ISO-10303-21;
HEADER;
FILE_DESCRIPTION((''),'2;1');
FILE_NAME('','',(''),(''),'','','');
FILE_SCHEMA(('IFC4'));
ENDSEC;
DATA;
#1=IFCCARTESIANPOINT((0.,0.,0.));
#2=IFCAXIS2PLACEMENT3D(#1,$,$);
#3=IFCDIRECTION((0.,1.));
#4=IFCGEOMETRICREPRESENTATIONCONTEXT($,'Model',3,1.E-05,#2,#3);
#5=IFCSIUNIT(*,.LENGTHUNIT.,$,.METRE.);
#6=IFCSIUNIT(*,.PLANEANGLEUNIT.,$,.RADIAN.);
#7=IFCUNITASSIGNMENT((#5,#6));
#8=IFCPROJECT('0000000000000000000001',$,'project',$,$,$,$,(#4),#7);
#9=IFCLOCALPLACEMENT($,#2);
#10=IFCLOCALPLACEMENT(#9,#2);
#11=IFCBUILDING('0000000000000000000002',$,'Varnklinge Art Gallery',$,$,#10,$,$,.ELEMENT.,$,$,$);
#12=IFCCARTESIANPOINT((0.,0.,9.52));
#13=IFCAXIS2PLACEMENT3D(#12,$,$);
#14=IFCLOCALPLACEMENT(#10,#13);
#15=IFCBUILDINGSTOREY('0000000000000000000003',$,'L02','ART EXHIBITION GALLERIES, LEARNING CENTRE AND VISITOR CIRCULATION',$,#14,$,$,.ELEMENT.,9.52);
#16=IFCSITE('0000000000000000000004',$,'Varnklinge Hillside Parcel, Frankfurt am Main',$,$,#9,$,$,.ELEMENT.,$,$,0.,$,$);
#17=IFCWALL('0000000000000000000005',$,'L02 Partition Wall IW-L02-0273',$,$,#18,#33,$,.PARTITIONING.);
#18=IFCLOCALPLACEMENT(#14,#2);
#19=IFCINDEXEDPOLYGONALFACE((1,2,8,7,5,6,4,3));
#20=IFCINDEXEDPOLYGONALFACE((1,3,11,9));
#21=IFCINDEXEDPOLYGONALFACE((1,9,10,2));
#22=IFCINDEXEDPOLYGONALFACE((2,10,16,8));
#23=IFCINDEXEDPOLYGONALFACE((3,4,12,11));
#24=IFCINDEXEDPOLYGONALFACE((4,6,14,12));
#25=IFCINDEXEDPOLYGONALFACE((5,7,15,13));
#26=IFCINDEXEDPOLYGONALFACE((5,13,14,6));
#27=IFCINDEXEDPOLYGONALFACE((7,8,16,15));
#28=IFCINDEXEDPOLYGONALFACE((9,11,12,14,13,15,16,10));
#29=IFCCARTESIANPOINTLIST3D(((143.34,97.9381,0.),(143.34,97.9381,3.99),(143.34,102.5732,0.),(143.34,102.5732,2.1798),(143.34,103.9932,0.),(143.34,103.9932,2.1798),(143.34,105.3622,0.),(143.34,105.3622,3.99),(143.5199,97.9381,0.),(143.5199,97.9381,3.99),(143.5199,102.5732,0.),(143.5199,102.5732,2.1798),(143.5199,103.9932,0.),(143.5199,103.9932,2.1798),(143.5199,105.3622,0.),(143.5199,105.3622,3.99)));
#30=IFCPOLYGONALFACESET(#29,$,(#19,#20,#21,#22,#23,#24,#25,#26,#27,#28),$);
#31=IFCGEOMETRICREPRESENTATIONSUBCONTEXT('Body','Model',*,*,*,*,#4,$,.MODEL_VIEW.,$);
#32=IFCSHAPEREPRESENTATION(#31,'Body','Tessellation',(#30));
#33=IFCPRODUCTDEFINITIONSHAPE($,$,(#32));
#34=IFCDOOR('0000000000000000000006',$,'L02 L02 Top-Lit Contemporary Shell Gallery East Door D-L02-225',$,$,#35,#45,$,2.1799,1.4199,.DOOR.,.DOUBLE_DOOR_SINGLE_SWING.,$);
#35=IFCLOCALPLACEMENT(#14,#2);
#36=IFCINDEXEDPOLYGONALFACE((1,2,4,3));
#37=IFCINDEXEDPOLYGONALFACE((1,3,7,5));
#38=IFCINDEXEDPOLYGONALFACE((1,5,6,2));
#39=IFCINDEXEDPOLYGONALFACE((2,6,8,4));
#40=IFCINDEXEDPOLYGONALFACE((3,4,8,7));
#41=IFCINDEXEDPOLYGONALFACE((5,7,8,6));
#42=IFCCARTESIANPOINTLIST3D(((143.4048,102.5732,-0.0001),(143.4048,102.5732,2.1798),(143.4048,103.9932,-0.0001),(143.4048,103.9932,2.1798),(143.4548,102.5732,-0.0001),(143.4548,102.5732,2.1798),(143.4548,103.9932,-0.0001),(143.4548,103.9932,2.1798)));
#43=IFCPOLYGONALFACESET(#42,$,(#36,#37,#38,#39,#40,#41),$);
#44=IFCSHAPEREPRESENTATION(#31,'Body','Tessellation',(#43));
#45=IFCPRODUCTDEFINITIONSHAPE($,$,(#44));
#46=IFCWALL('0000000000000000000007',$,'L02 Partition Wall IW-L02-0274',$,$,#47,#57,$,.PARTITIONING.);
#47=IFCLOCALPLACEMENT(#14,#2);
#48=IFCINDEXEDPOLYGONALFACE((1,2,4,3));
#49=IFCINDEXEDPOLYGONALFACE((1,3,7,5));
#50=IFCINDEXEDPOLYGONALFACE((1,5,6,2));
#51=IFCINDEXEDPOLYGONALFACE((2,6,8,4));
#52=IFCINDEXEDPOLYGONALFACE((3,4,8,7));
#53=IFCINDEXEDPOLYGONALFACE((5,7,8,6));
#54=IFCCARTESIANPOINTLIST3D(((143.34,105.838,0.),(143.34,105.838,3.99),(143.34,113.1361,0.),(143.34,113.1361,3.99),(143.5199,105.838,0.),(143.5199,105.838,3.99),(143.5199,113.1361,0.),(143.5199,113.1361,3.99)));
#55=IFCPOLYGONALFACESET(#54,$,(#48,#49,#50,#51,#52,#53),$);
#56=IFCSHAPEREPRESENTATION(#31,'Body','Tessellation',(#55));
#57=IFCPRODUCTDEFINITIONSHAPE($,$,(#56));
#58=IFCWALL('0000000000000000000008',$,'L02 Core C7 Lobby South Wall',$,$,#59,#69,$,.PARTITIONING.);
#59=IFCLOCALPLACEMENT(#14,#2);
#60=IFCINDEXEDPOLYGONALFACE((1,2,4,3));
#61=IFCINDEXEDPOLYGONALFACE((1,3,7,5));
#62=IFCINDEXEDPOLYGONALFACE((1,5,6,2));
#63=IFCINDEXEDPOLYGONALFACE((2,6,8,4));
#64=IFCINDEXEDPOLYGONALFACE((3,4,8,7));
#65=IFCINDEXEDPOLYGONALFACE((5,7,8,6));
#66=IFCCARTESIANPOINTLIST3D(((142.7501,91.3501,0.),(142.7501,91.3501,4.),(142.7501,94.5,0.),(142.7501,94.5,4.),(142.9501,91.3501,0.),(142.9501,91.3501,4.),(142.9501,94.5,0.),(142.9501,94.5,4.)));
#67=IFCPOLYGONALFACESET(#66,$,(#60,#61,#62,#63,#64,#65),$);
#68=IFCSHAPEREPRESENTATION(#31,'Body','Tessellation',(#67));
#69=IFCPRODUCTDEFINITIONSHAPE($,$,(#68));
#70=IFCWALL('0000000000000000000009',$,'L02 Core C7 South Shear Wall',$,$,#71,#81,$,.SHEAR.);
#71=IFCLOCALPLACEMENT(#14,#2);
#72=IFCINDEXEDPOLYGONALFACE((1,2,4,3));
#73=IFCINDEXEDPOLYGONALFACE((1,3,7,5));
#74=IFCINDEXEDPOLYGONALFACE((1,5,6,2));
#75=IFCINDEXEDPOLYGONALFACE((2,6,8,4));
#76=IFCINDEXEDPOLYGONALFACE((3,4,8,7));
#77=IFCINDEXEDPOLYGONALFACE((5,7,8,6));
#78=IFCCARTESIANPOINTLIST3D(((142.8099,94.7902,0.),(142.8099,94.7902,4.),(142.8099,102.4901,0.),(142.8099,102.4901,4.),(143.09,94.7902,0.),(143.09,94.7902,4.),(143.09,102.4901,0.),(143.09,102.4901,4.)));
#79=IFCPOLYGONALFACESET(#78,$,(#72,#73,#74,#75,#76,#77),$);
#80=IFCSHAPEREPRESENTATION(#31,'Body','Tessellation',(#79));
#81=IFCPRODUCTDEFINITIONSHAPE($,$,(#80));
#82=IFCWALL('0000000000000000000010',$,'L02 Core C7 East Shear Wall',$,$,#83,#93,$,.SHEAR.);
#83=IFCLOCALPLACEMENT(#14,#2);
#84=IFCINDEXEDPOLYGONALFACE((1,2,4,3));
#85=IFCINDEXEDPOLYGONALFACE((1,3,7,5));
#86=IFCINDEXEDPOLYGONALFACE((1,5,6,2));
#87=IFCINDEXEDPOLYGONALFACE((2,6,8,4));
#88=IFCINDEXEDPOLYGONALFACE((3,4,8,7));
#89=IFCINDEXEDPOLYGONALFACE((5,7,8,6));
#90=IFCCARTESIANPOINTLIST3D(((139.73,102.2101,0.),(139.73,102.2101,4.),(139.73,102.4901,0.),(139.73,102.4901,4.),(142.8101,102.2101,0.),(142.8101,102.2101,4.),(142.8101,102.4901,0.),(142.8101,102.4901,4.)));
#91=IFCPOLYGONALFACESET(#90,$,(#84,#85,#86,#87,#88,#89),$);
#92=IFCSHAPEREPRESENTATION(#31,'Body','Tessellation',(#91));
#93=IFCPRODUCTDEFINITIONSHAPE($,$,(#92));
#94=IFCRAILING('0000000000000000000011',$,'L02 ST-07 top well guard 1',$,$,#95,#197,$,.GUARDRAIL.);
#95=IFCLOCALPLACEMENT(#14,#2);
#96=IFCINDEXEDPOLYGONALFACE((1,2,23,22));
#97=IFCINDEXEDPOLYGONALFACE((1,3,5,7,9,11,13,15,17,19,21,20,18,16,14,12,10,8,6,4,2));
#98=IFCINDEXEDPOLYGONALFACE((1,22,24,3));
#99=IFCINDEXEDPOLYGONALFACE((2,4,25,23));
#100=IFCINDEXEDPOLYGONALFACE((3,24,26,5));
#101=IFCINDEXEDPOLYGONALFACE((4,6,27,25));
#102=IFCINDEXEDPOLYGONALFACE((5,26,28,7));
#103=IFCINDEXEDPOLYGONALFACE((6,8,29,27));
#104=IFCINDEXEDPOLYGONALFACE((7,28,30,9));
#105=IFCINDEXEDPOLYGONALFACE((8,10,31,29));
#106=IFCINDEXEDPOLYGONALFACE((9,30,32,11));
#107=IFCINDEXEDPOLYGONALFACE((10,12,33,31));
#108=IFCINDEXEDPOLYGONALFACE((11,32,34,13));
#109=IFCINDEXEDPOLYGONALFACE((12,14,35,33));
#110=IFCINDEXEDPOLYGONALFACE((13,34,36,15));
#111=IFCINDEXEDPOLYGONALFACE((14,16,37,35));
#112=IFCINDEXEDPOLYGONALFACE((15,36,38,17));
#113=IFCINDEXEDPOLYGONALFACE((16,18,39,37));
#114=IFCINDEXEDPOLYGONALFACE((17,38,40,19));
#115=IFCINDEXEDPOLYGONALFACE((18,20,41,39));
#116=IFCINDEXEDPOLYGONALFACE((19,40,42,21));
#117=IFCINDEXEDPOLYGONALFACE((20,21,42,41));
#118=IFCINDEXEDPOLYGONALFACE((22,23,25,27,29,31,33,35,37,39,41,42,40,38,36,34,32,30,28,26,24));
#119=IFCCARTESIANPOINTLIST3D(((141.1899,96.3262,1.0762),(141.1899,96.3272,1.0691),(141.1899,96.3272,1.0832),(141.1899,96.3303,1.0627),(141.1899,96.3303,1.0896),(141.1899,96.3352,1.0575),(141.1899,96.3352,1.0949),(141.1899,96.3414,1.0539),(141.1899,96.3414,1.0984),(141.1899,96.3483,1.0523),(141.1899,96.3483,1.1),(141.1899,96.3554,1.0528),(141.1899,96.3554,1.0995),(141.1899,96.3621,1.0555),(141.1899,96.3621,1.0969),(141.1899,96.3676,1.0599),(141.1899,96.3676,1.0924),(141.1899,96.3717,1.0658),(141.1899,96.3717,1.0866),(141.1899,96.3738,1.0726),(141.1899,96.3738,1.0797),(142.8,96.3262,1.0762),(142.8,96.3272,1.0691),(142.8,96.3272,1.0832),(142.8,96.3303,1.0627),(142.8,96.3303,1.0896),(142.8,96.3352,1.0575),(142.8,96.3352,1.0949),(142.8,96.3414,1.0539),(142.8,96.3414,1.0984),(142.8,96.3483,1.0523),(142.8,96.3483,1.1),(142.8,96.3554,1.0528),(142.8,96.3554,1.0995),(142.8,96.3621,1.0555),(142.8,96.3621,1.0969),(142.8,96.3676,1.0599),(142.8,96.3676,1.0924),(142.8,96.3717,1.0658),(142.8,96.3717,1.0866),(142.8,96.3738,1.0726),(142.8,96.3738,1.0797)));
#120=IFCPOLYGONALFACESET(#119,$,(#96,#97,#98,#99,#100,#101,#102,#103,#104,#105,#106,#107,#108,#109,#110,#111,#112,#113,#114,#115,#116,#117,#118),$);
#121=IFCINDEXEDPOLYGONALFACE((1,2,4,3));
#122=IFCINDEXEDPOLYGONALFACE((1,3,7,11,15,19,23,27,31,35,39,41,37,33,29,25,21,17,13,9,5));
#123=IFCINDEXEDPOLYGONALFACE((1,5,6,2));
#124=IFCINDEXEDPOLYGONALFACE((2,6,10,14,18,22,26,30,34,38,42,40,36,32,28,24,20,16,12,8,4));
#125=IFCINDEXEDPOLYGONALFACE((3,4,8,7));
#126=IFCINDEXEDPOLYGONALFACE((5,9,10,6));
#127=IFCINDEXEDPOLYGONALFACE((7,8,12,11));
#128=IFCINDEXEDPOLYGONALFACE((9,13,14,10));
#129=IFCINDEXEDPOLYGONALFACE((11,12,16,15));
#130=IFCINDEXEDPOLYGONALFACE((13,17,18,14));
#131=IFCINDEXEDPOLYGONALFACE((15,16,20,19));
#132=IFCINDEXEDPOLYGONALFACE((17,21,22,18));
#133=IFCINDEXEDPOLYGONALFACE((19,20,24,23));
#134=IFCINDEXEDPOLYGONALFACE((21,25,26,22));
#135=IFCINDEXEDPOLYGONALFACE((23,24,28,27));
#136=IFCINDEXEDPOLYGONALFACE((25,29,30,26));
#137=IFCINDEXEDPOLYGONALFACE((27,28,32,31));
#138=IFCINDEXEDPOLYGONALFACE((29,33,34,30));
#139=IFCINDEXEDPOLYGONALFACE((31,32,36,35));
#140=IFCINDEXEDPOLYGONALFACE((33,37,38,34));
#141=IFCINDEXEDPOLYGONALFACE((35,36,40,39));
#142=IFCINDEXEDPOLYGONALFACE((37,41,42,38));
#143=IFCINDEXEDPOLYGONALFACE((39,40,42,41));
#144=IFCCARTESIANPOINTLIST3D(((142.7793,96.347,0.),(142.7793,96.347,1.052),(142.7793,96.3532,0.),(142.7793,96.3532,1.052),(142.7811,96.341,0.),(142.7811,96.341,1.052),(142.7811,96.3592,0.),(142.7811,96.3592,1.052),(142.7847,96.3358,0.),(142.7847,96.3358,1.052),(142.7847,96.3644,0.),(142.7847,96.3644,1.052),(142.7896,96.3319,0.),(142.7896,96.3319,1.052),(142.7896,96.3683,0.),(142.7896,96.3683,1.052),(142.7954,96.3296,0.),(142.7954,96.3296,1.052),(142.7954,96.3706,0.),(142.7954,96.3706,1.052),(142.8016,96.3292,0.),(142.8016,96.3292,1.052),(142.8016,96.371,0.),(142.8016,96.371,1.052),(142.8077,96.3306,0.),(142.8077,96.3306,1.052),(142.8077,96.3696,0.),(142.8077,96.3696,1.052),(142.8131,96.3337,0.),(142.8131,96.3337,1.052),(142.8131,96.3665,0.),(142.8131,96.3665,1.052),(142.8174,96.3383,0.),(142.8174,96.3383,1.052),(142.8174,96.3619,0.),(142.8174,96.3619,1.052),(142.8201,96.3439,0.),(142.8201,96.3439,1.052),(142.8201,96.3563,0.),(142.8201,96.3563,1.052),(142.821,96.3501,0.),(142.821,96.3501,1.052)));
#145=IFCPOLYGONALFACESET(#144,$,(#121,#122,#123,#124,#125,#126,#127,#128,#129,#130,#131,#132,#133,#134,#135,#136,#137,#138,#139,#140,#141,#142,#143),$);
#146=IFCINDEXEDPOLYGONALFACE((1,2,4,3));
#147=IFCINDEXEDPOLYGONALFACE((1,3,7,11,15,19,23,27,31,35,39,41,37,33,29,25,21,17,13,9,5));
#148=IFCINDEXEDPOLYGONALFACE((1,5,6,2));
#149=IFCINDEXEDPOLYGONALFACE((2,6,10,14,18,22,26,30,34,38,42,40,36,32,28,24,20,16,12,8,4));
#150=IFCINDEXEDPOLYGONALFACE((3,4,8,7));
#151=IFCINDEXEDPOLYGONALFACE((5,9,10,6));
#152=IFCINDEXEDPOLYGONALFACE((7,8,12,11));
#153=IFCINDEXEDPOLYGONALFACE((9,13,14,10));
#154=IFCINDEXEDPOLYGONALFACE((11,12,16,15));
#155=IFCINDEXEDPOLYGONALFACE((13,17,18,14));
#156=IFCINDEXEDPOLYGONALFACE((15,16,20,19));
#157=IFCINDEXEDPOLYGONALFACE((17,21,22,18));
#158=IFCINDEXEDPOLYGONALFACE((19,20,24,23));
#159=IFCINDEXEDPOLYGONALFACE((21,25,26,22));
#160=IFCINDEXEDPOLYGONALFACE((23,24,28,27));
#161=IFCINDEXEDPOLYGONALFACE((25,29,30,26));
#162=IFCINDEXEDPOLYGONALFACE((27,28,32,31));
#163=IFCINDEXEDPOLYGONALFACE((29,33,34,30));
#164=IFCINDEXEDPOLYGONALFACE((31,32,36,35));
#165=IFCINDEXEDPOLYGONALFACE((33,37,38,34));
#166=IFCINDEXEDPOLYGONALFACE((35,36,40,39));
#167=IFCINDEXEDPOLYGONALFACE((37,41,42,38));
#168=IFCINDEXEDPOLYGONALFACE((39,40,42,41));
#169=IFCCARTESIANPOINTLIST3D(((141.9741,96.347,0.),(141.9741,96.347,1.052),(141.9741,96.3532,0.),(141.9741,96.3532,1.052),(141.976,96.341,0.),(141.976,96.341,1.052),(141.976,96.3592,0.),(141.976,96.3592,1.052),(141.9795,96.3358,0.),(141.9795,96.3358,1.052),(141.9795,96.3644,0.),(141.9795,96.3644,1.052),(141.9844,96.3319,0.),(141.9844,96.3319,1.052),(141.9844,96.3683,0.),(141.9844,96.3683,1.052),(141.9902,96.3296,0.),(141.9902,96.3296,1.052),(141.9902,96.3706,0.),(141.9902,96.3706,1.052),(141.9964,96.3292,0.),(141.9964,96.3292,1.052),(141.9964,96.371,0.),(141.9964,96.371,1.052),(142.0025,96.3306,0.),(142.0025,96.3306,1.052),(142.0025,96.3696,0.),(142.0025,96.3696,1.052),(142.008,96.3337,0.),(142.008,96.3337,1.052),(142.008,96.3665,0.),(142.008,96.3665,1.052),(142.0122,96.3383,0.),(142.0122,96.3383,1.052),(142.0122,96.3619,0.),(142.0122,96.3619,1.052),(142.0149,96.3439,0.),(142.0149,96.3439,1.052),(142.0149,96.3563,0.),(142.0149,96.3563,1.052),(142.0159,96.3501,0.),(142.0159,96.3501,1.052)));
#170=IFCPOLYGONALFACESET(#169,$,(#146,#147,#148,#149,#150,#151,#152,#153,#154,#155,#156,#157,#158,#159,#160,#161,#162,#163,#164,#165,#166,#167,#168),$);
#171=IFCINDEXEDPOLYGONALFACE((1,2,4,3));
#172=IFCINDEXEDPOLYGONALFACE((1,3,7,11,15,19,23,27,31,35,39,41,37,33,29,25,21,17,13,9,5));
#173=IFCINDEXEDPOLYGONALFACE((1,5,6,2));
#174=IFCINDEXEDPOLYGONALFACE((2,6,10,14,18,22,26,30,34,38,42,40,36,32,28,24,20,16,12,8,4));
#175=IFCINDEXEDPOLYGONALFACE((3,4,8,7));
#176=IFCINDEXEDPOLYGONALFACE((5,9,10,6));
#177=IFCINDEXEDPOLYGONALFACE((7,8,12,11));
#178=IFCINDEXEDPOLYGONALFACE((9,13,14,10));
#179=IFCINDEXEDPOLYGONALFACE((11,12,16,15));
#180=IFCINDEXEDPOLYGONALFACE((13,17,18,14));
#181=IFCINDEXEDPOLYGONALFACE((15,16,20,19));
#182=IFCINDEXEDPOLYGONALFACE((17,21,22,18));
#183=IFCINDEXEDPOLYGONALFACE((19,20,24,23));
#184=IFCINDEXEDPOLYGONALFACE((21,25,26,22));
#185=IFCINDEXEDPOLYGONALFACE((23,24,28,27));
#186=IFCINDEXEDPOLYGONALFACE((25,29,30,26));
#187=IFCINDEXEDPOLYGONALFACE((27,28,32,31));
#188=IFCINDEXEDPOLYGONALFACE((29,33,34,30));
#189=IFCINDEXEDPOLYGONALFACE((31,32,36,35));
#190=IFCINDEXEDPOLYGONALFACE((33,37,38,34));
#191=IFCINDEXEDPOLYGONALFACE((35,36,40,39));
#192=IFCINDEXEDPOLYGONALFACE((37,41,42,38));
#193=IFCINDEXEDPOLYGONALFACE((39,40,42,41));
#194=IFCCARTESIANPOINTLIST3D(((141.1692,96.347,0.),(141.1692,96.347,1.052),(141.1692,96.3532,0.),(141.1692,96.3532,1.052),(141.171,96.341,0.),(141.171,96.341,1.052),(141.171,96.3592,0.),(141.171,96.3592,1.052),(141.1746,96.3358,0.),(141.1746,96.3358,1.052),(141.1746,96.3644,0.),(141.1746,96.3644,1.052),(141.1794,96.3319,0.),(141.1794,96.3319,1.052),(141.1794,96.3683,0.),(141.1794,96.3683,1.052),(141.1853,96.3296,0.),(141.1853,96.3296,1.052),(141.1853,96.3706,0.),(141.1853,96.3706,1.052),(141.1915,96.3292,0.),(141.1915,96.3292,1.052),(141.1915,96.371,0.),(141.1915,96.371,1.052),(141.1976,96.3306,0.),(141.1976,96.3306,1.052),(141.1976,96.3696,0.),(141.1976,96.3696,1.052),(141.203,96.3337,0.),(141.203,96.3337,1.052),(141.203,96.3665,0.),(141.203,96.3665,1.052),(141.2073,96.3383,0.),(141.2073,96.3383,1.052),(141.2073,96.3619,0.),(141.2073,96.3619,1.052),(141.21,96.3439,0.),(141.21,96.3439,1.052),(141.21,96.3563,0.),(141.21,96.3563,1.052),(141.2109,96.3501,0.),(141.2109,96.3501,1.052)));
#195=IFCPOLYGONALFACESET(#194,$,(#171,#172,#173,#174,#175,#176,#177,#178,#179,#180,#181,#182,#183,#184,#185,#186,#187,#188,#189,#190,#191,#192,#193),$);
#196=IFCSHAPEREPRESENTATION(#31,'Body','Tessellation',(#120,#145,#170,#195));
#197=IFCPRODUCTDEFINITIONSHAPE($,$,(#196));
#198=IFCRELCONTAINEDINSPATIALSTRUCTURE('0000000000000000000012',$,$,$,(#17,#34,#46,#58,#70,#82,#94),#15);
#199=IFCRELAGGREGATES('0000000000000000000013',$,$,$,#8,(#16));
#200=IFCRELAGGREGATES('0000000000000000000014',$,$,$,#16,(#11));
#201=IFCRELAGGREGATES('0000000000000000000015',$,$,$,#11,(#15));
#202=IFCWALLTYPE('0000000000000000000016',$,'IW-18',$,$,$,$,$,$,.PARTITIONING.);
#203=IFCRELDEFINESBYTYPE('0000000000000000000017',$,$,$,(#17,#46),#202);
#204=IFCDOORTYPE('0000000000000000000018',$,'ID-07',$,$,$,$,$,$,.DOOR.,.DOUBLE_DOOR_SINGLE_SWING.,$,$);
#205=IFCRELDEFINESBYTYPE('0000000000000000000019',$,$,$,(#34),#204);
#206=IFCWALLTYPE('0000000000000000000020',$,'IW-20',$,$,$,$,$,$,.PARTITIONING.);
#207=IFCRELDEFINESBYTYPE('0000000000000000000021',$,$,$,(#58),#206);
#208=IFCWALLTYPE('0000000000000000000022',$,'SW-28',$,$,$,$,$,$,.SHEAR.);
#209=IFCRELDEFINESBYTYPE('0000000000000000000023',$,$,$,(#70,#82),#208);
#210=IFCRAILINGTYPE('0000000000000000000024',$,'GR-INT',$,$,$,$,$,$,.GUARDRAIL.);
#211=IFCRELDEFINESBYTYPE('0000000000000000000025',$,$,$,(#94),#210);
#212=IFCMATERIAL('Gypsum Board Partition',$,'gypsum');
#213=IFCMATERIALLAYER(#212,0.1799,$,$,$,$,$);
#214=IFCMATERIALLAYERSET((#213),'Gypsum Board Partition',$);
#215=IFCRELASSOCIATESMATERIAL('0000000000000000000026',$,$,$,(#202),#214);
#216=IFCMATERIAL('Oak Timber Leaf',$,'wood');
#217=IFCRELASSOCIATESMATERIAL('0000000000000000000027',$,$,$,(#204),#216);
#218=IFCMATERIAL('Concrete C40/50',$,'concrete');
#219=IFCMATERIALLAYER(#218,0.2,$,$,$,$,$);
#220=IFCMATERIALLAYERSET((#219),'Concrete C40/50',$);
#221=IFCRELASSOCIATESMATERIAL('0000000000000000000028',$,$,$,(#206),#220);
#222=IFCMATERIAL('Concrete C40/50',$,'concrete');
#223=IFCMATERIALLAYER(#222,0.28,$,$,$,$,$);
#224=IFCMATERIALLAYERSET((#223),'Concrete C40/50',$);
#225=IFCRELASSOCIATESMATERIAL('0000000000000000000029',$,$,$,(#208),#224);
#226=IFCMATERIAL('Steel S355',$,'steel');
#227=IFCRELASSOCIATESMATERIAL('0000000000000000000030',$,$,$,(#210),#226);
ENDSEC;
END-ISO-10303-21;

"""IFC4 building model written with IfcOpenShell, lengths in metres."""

from ifc_helpers import new_model, si_unit, direction, frame, frame_2d, origin, origin_2d, place, context, subcontext, project, spatial, rectangle, circle, extrude, material, layer, layer_set, type_object, element, fill, save


model = new_model("IFC4")

# Units and contexts
model_context = context("Model", 3, precision=1e-05, world=origin(), true_north=direction((0.0, 1.0)))
body_context = subcontext(model_context, "Body", "Model", "MODEL_VIEW")
ifc_project = project(units=[si_unit("LENGTHUNIT", "METRE"), si_unit("PLANEANGLEUNIT", "RADIAN")], contexts=[model_context])

# Site, building, storey
site_placement = place(None, origin())
site = spatial("IfcSite", under=ifc_project, at=site_placement, Name="Varnklinge Hillside Parcel, Frankfurt am Main", CompositionType="ELEMENT", RefElevation=0.0)
building_placement = place(site_placement, origin())
building = spatial("IfcBuilding", under=site, at=building_placement, Name="Varnklinge Art Gallery", CompositionType="ELEMENT")
storey_placement = place(building_placement, frame((0.0, 0.0, 9.52)))
storey = spatial("IfcBuildingStorey", under=building, at=storey_placement, Name="L02", Description="ART EXHIBITION GALLERIES, LEARNING CENTRE AND VISITOR CIRCULATION", CompositionType="ELEMENT", Elevation=9.52)

# Shared definitions
ifc_material_1 = material(Name="Gypsum Board Partition", Category="gypsum")
ifc_layer_1 = layer(ifc_material_1, 0.1799)
ifc_layer_set_1 = layer_set([ifc_layer_1], Name="Gypsum Board Partition")
wall_type_1 = type_object("IfcWallType", Name="IW-18", PredefinedType="PARTITIONING", material=ifc_layer_set_1)

# Wall, opening, door
wall_1_placement = place(storey_placement, frame((143.4299, 105.3621, 0.0), z_axis=(0.0, 0.0, 1.0), x_axis=(0.0, -1.0, 0.0)))
wall_1 = element("IfcWall", 1, at=wall_1_placement, inside=storey, type_object=wall_type_1, Name="L02 Partition Wall IW-L02-0273", PredefinedType="PARTITIONING", context=body_context, shape_type="SweptSolid", body=[
    extrude(rectangle(XDim=7.4241, YDim=0.1799, at=frame_2d((3.7119, 0.0))), origin(), (0.0, 0.0, 1.0), 3.99),
])
opening_1_placement = place(wall_1_placement, frame((1.3689, 0.0, 0.0)))
opening_1 = element("IfcOpeningElement", 2, at=opening_1_placement, cuts=wall_1, PredefinedType="OPENING", context=body_context, shape_type="SweptSolid", body=[
    extrude(rectangle(XDim=1.4199, YDim=2.1799, at=frame_2d((0.71, 1.0898))), frame((0.0, 0.0999, 0.0), z_axis=(0.0, -1.0, 0.0), x_axis=(1.0, 0.0, 0.0)), (0.0, 0.0, 1.0), 0.2),
])
ifc_material_2 = material(Name="Oak Timber Leaf", Category="wood")
door_type_1 = type_object("IfcDoorType", Name="ID-07", OperationType="DOUBLE_DOOR_SINGLE_SWING", PredefinedType="DOOR", material=ifc_material_2)
door_1_placement = place(opening_1_placement, origin())
door_1 = element("IfcDoor", 3, at=door_1_placement, inside=storey, type_object=door_type_1, Name="L02 L02 Top-Lit Contemporary Shell Gallery East Door D-L02-225", OperationType="DOUBLE_DOOR_SINGLE_SWING", OverallHeight=2.1799, OverallWidth=1.4199, PredefinedType="DOOR", context=body_context, shape_type="SweptSolid", body=[
    extrude(rectangle(XDim=1.4199, YDim=2.1799, at=frame_2d((0.71, 1.0898))), frame((0.0, 0.0249, 0.0), z_axis=(0.0, -1.0, 0.0), x_axis=(1.0, 0.0, 0.0)), (0.0, 0.0, 1.0), 0.05),
])
fill(opening_1, door_1)

# Walls
wall_2_placement = place(storey_placement, frame((143.4299, 113.136, 0.0), z_axis=(0.0, 0.0, 1.0), x_axis=(0.0, -1.0, 0.0)))
element("IfcWall", 4, at=wall_2_placement, inside=storey, type_object=wall_type_1, Name="L02 Partition Wall IW-L02-0274", PredefinedType="PARTITIONING", context=body_context, shape_type="SweptSolid", body=[
    extrude(rectangle(XDim=7.2981, YDim=0.1799, at=frame_2d((3.6489, 0.0))), origin(), (0.0, 0.0, 1.0), 3.99),
])
ifc_material_3 = material(Name="Concrete C40/50", Category="concrete")
ifc_layer_2 = layer(ifc_material_3, 0.2)
ifc_layer_set_2 = layer_set([ifc_layer_2], Name="Concrete C40/50")
wall_type_2 = type_object("IfcWallType", Name="IW-20", PredefinedType="PARTITIONING", material=ifc_layer_set_2)
wall_3_placement = place(storey_placement, frame((142.8501, 91.3501, 0.0), z_axis=(0.0, 0.0, 1.0), x_axis=(0.0, 1.0, 0.0)))
element("IfcWall", 5, at=wall_3_placement, inside=storey, type_object=wall_type_2, Name="L02 Core C7 Lobby South Wall", PredefinedType="PARTITIONING", context=body_context, shape_type="SweptSolid", body=[
    extrude(rectangle(XDim=3.1499, YDim=0.2, at=frame_2d((1.575, 0.0))), origin(), (0.0, 0.0, 1.0), 4.0),
])

# Walls
ifc_material_4 = material(Name="Concrete C40/50", Category="concrete")
ifc_layer_3 = layer(ifc_material_4, 0.28)
ifc_layer_set_3 = layer_set([ifc_layer_3], Name="Concrete C40/50")
wall_type_3 = type_object("IfcWallType", Name="SW-28", PredefinedType="SHEAR", material=ifc_layer_set_3)
wall_4_placement = place(storey_placement, frame((142.95, 94.79, 0.0), z_axis=(0.0, 0.0, 1.0), x_axis=(0.0, 1.0, 0.0)))
element("IfcWall", 6, at=wall_4_placement, inside=storey, type_object=wall_type_3, Name="L02 Core C7 South Shear Wall", PredefinedType="SHEAR", context=body_context, shape_type="SweptSolid", body=[
    extrude(rectangle(XDim=7.7, YDim=0.28, at=frame_2d((3.8501, 0.0))), origin(), (0.0, 0.0, 1.0), 4.0),
])
wall_5_placement = place(storey_placement, frame((142.8101, 102.3501, 0.0), z_axis=(0.0, 0.0, 1.0), x_axis=(-1.0, 0.0, 0.0)))
element("IfcWall", 7, at=wall_5_placement, inside=storey, type_object=wall_type_3, Name="L02 Core C7 East Shear Wall", PredefinedType="SHEAR", context=body_context, shape_type="SweptSolid", body=[
    extrude(rectangle(XDim=3.0801, YDim=0.28, at=frame_2d((1.54, 0.0))), origin(), (0.0, 0.0, 1.0), 4.0),
])

# Railing
ifc_material_5 = material(Name="Steel S355", Category="steel")
railing_type = type_object("IfcRailingType", Name="GR-INT", PredefinedType="GUARDRAIL", material=ifc_material_5)
railing_placement = place(storey_placement, frame((142.8, 96.3501, 0.0)))
element("IfcRailing", 8, at=railing_placement, inside=storey, type_object=railing_type, Name="L02 ST-07 top well guard 1", PredefinedType="GUARDRAIL", context=body_context, shape_type="SweptSolid", body=[
    extrude(circle(Radius=0.0239, at=origin_2d()), frame((0.0, 0.0, 1.0762), z_axis=(-1.0, 0.0, 0.0), x_axis=(0.0, -1.0, 0.0)), (0.0, 0.0, 1.0), 1.6101),
    extrude(circle(Radius=0.021, at=origin_2d()), origin(), (0.0, 0.0, 1.0), 1.052),
    extrude(circle(Radius=0.021, at=origin_2d()), frame((-0.8052, 0.0, 0.0)), (0.0, 0.0, 1.0), 1.052),
    extrude(circle(Radius=0.021, at=origin_2d()), frame((-1.6101, 0.0, 0.0)), (0.0, 0.0, 1.0), 1.052),
])

save(model, "model.ifc")
